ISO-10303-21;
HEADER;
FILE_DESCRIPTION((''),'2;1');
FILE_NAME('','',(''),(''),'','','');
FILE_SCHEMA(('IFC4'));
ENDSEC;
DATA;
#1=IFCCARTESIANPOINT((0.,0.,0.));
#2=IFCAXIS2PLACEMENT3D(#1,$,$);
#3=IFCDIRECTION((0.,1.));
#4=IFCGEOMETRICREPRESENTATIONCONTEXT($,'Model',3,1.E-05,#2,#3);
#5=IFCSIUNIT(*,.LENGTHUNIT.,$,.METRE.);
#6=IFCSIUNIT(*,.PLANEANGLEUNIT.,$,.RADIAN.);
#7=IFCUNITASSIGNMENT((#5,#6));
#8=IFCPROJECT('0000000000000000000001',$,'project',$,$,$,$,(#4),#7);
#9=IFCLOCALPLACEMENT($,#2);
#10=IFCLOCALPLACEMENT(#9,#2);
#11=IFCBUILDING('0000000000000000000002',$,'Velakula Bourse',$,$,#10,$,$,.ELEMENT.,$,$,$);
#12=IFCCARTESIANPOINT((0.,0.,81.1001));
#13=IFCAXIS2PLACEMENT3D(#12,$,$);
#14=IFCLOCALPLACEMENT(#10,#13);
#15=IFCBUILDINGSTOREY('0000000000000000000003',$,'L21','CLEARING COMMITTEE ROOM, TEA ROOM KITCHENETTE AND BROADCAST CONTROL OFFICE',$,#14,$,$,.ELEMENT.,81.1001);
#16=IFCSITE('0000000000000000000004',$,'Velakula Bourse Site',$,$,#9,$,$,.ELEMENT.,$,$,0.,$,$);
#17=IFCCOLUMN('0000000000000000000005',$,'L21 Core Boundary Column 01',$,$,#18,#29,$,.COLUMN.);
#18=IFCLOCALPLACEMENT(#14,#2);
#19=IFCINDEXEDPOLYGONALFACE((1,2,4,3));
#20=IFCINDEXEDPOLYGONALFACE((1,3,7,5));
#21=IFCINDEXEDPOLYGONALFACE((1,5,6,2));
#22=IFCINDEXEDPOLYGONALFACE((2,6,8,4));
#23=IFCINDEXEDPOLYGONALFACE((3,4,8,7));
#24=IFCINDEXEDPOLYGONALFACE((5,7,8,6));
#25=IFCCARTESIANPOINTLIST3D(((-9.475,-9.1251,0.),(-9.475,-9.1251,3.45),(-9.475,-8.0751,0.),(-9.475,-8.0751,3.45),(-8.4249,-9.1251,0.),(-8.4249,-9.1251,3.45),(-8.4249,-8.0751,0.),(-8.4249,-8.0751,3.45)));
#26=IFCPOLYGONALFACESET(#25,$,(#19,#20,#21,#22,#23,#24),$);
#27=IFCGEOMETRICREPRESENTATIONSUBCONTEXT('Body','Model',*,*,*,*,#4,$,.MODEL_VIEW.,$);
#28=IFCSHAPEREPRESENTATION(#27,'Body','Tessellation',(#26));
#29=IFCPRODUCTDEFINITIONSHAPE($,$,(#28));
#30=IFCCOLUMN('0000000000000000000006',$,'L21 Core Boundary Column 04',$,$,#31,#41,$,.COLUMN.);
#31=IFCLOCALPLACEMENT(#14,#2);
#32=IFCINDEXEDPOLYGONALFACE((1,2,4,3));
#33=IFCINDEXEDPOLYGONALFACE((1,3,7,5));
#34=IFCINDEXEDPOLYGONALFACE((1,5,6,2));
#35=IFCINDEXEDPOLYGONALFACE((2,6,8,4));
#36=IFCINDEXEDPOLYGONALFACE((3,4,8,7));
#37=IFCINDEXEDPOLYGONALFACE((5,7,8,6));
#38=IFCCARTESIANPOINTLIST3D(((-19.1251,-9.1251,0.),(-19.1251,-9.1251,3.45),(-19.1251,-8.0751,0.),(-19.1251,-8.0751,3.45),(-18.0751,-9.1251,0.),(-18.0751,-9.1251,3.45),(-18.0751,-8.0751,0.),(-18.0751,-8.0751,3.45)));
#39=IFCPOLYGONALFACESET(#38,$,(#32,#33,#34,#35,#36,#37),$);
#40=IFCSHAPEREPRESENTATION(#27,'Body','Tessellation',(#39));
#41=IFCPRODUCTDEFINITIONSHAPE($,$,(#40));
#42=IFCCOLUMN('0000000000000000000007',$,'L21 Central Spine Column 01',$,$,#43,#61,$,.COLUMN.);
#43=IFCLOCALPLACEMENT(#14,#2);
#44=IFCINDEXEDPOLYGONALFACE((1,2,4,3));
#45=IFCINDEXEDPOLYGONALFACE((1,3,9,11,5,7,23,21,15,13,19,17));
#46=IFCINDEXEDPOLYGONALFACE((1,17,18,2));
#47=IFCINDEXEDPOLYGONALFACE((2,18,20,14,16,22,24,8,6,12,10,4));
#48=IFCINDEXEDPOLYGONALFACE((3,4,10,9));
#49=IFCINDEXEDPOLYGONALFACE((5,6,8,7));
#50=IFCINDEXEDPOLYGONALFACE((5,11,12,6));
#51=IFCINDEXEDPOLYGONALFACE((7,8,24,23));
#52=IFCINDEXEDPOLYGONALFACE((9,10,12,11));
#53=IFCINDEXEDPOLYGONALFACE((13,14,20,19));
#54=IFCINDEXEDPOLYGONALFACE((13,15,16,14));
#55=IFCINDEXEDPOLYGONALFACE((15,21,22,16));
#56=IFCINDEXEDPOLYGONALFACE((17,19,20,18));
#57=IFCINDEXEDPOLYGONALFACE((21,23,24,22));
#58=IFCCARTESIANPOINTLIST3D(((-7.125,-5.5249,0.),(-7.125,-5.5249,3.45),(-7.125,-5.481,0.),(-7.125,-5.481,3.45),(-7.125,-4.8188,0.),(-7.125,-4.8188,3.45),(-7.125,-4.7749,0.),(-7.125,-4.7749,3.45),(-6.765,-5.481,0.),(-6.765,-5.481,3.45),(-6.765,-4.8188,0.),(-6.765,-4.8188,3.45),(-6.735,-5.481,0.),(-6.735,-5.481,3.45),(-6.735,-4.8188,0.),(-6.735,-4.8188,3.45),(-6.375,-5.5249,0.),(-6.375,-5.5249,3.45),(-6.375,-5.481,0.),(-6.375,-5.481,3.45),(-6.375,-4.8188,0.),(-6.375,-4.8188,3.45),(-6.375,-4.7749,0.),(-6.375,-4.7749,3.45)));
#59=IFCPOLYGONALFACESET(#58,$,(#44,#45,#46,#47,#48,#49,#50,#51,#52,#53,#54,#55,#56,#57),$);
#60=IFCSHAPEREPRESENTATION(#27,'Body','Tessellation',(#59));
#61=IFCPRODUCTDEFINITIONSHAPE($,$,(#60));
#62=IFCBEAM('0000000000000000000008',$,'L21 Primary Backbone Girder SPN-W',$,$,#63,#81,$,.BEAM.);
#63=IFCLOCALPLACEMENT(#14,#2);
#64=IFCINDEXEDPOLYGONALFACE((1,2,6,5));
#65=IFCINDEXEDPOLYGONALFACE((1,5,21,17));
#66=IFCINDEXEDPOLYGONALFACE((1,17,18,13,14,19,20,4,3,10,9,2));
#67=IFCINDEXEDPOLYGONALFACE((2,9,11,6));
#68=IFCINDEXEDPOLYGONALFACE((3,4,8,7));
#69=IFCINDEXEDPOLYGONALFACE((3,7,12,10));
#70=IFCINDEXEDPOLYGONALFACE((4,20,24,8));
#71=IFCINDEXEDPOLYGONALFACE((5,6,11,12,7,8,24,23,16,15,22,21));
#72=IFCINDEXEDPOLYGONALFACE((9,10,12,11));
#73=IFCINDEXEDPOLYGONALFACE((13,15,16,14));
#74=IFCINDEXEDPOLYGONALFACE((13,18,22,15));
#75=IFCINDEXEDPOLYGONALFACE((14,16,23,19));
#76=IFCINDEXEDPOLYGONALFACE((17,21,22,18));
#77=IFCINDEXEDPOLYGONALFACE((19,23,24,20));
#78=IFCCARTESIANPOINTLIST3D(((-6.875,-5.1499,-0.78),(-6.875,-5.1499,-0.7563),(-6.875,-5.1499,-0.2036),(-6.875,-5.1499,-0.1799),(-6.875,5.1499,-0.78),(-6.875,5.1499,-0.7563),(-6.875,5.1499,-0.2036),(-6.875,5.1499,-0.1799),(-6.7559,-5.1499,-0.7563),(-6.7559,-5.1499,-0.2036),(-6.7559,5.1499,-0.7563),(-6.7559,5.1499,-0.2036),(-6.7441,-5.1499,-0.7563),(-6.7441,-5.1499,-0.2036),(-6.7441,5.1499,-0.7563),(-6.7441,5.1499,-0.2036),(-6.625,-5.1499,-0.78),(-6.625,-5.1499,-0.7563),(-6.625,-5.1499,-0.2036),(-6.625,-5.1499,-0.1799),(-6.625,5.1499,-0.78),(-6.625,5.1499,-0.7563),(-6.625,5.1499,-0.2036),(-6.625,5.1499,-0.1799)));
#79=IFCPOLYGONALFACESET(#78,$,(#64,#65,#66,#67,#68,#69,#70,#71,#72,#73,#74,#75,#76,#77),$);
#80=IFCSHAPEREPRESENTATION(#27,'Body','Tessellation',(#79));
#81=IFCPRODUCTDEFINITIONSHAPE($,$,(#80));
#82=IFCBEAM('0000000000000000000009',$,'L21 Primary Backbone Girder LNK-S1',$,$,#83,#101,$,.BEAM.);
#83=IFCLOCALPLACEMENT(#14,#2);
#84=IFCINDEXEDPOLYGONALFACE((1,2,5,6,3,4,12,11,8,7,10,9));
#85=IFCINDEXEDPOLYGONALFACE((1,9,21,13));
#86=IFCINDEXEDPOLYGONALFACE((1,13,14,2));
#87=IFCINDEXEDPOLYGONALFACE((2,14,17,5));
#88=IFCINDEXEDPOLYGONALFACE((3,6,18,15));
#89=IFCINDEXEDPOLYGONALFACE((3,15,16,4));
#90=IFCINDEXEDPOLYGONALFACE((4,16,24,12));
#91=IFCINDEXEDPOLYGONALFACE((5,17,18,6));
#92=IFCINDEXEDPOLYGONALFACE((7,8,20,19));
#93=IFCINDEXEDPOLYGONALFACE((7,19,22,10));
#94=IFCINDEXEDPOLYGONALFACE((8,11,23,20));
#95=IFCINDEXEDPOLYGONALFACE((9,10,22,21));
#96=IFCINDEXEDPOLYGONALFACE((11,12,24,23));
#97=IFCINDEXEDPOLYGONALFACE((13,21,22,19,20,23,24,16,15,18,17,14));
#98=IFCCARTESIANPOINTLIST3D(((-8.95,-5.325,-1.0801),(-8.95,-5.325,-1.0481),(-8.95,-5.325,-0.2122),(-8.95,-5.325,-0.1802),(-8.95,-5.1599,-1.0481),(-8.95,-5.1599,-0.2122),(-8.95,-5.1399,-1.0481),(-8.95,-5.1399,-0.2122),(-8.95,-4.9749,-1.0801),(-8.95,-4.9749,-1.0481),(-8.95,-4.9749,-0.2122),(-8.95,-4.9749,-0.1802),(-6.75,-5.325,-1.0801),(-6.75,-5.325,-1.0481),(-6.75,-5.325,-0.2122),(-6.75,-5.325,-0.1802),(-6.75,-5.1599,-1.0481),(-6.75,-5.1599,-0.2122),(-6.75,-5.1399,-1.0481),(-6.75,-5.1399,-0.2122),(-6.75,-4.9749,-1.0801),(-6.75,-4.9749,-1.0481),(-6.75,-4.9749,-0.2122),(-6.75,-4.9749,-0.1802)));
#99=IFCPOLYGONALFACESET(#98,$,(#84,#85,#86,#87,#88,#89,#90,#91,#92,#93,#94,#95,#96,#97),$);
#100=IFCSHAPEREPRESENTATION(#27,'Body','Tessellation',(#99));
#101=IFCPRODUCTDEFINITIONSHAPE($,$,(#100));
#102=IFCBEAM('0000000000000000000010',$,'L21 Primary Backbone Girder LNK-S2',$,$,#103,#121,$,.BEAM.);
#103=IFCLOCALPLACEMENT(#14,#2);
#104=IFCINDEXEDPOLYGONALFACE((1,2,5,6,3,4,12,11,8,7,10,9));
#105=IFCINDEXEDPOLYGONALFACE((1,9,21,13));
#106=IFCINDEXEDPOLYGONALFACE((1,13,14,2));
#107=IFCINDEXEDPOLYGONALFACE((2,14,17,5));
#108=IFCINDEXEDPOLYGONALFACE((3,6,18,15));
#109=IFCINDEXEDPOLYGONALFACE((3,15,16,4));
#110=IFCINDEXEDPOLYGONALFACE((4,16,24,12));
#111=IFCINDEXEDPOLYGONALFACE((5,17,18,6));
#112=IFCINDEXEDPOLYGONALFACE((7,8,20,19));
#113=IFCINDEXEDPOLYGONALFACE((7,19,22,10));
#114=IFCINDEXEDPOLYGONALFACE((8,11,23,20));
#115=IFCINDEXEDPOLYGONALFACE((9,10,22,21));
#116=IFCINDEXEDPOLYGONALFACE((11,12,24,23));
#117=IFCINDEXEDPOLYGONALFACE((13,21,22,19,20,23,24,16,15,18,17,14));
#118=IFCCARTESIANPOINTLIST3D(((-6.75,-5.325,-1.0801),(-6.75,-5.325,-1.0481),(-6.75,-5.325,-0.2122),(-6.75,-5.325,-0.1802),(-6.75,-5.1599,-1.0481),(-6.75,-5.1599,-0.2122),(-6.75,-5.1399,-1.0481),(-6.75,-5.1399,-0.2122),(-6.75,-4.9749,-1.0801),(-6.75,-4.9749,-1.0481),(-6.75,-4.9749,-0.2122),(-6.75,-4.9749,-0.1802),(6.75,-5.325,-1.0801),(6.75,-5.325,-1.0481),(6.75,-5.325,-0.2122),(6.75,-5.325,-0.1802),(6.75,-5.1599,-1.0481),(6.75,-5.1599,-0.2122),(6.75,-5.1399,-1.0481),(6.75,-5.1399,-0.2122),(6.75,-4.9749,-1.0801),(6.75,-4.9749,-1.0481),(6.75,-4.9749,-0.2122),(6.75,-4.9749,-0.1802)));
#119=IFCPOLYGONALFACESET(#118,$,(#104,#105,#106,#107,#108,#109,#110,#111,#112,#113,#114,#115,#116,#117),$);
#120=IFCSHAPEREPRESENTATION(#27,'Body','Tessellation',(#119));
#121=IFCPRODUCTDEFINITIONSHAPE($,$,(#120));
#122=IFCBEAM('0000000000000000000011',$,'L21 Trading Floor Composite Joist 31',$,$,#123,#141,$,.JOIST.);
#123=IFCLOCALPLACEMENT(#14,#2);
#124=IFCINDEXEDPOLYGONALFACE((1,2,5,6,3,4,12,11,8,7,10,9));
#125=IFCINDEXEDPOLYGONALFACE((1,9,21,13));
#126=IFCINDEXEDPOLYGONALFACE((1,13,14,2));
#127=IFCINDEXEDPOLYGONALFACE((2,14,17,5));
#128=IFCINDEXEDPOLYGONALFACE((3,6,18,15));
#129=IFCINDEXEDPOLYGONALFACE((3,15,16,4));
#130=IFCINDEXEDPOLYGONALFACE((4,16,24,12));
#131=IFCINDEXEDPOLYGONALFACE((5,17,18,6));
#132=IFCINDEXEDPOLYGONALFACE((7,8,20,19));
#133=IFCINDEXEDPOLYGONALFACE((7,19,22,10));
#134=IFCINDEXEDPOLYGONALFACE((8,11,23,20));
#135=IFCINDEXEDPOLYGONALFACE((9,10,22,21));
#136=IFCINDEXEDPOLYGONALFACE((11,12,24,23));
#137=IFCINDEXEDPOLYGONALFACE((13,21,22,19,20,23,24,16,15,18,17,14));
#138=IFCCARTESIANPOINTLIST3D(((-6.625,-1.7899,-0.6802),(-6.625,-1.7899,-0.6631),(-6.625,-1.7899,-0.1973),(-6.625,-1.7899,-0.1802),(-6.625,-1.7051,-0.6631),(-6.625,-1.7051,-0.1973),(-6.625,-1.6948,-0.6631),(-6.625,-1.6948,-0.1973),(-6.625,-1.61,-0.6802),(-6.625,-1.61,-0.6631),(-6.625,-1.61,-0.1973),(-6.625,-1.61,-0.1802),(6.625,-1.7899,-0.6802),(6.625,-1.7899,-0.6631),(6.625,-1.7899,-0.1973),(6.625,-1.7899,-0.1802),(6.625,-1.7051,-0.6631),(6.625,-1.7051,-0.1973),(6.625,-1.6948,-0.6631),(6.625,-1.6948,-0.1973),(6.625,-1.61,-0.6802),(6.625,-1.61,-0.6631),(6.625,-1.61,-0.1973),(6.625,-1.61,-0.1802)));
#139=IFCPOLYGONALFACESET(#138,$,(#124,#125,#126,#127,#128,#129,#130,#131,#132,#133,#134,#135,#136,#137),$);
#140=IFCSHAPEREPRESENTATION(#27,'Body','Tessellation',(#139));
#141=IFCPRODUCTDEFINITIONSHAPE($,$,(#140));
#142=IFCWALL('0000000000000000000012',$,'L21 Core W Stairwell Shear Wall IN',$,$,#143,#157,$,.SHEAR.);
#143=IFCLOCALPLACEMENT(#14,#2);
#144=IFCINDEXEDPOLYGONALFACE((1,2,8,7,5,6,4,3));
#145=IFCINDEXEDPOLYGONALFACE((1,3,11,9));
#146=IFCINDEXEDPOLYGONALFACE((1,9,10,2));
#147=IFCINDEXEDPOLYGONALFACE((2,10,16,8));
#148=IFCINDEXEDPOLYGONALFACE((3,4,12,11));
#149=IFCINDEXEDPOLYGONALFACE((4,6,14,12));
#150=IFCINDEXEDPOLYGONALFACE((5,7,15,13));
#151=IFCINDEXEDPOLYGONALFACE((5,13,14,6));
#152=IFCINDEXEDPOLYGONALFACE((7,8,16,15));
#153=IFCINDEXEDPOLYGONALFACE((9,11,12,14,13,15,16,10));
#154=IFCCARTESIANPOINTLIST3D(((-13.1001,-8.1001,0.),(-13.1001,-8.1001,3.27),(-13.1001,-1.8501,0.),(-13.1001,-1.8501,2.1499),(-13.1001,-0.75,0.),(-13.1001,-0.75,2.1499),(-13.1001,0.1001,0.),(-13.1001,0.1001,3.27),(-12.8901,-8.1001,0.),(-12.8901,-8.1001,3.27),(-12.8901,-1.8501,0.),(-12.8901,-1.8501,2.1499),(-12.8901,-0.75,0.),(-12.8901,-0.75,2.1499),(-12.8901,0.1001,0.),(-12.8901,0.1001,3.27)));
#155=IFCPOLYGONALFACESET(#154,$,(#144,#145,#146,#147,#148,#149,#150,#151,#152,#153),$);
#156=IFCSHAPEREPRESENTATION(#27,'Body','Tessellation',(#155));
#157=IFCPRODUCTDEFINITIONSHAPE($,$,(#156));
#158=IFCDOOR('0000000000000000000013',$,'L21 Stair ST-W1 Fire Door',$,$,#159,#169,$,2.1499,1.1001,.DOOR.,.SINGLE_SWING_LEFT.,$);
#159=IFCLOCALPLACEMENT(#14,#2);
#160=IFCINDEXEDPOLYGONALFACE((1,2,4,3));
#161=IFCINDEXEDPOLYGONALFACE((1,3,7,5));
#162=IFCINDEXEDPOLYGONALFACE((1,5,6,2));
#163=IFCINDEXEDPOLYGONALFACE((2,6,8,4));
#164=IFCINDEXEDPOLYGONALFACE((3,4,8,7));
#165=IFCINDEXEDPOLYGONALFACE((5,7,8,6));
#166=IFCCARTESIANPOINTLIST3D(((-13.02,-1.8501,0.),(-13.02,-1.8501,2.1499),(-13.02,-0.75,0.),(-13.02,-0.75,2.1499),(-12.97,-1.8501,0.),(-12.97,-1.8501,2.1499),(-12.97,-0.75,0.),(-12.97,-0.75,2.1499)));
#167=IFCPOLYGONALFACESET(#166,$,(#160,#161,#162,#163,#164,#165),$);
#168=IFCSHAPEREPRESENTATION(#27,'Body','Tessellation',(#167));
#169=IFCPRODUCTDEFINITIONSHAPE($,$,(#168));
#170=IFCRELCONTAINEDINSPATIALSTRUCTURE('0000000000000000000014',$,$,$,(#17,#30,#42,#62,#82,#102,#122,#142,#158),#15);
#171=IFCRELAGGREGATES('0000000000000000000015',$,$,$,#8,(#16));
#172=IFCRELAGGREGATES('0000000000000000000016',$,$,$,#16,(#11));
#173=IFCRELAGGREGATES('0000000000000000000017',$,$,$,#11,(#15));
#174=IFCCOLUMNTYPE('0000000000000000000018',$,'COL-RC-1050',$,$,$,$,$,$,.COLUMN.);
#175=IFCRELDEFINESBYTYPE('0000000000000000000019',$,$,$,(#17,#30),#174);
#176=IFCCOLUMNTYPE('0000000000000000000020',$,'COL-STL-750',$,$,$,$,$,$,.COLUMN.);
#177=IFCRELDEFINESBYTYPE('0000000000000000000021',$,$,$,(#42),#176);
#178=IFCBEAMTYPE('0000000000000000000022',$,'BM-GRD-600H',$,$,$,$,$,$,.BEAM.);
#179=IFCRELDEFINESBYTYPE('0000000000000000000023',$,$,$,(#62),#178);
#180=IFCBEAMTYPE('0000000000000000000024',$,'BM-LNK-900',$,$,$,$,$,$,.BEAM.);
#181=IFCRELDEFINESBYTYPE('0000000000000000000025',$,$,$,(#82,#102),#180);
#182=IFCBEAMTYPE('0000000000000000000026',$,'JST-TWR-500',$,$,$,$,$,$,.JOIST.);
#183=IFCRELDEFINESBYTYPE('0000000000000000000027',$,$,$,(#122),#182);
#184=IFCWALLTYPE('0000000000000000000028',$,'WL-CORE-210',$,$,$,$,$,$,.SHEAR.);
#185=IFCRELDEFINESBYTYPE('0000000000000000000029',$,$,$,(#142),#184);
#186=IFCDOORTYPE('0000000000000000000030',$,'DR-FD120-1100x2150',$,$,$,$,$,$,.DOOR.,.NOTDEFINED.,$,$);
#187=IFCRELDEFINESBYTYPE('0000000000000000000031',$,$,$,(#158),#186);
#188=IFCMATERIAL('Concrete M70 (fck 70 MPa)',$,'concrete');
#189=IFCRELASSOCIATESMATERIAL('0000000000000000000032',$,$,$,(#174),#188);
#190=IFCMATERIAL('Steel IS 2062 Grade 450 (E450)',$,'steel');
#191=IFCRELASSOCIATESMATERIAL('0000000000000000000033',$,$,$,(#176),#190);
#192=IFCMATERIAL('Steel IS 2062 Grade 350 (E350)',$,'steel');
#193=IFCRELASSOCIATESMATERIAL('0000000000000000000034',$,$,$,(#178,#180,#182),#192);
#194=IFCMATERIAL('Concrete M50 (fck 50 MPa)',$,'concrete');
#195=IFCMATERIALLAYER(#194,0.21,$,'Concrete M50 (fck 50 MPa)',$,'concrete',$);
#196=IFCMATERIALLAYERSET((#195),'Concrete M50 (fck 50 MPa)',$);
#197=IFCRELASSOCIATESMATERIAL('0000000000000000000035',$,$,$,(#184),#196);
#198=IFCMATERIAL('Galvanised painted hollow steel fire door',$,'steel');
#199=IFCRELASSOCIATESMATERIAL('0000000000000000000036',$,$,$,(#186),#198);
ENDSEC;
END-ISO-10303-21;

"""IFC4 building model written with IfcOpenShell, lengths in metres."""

from ifc_helpers import new_model, si_unit, direction, frame, frame_2d, origin, origin_2d, place, context, subcontext, project, spatial, rectangle, i_section, extrude, material, layer, layer_set, material_profile, profile_set, type_object, element, fill, save


model = new_model("IFC4")

# Units and contexts
model_context = context("Model", 3, precision=1e-05, world=origin(), true_north=direction((0.0, 1.0)))
body_context = subcontext(model_context, "Body", "Model", "MODEL_VIEW")
ifc_project = project(units=[si_unit("LENGTHUNIT", "METRE"), si_unit("PLANEANGLEUNIT", "RADIAN")], contexts=[model_context])

# Site, building, storey
site_placement = place(None, origin())
site = spatial("IfcSite", under=ifc_project, at=site_placement, Name="Velakula Bourse Site", CompositionType="ELEMENT", RefElevation=0.0)
building_placement = place(site_placement, origin())
building = spatial("IfcBuilding", under=site, at=building_placement, Name="Velakula Bourse", CompositionType="ELEMENT")
storey_placement = place(building_placement, frame((0.0, 0.0, 81.1001)))
storey = spatial("IfcBuildingStorey", under=building, at=storey_placement, Name="L21", Description="CLEARING COMMITTEE ROOM, TEA ROOM KITCHENETTE AND BROADCAST CONTROL OFFICE", CompositionType="ELEMENT", Elevation=81.1001)

# Columns
ifc_material_1 = material(Name="Concrete M70 (fck 70 MPa)", Category="concrete")
ifc_material_profile_1 = material_profile(ifc_material_1, rectangle(XDim=1.05, YDim=1.05, at=origin_2d()), Name="Concrete M70 (fck 70 MPa)")
ifc_profile_set_1 = profile_set([ifc_material_profile_1], Name="Concrete M70 (fck 70 MPa)")
column_type_1 = type_object("IfcColumnType", Name="COL-RC-1050", PredefinedType="COLUMN", material=ifc_profile_set_1)
for number, where, z_axis, x_axis, name in (
    (1, (-8.95, -8.6001, 0.0), (0.0, 0.0, 1.0), (1.0, 0.0, 0.0), "L21 Core Boundary Column 01"),
    (2, (-18.6001, -8.6001, 0.0), (0.0, 0.0, 1.0), (1.0, 0.0, 0.0), "L21 Core Boundary Column 04"),
):
    element("IfcColumn", number, at=place(storey_placement, frame(where, z_axis=z_axis, x_axis=x_axis)), inside=storey, type_object=column_type_1, Name=name, PredefinedType="COLUMN", context=body_context, shape_type="SweptSolid", body=[
        extrude(rectangle(XDim=1.05, YDim=1.05, at=origin_2d()), origin(), (0.0, 0.0, 1.0), 3.45),
    ])
ifc_material_2 = material(Name="Steel IS 2062 Grade 450 (E450)", Category="steel")
ifc_material_profile_2 = material_profile(ifc_material_2, i_section(OverallWidth=0.75, OverallDepth=0.75, WebThickness=0.03, FlangeThickness=0.0439, at=origin_2d()), Name="Steel IS 2062 Grade 450 (E450)")
ifc_profile_set_2 = profile_set([ifc_material_profile_2], Name="Steel IS 2062 Grade 450 (E450)")
column_type_2 = type_object("IfcColumnType", Name="COL-STL-750", PredefinedType="COLUMN", material=ifc_profile_set_2)
column_placement = place(storey_placement, frame((-6.75, -5.1499, 0.0), z_axis=(0.0, 0.0, 1.0), x_axis=(1.0, 0.0, 0.0)))
element("IfcColumn", 3, at=column_placement, inside=storey, type_object=column_type_2, Name="L21 Central Spine Column 01", PredefinedType="COLUMN", context=body_context, shape_type="SweptSolid", body=[
    extrude(i_section(OverallWidth=0.75, OverallDepth=0.75, WebThickness=0.03, FlangeThickness=0.0439, at=origin_2d()), origin(), (0.0, 0.0, 1.0), 3.45),
])

# Beams
ifc_material_3 = material(Name="Steel IS 2062 Grade 350 (E350)", Category="steel")
ifc_material_profile_3 = material_profile(ifc_material_3, i_section(OverallWidth=0.25, OverallDepth=0.6001, WebThickness=0.0117, FlangeThickness=0.0237, at=origin_2d()), Name="Steel IS 2062 Grade 350 (E350)")
ifc_profile_set_3 = profile_set([ifc_material_profile_3], Name="Steel IS 2062 Grade 350 (E350)")
beam_type_1 = type_object("IfcBeamType", Name="BM-GRD-600H", PredefinedType="BEAM", material=ifc_profile_set_3)
beam_1_placement = place(storey_placement, frame((-6.75, -5.1499, -0.48), z_axis=(0.0, 1.0, 0.0), x_axis=(-1.0, 0.0, 0.0)))
element("IfcBeam", 4, at=beam_1_placement, inside=storey, type_object=beam_type_1, Name="L21 Primary Backbone Girder SPN-W", PredefinedType="BEAM", context=body_context, shape_type="SweptSolid", body=[
    extrude(i_section(OverallWidth=0.25, OverallDepth=0.6001, WebThickness=0.0117, FlangeThickness=0.0237, at=origin_2d()), origin(), (0.0, 0.0, 1.0), 10.2998),
])
ifc_material_profile_4 = material_profile(ifc_material_3, i_section(OverallWidth=0.3501, OverallDepth=0.8999, WebThickness=0.02, FlangeThickness=0.032, at=origin_2d()), Name="Steel IS 2062 Grade 350 (E350)")
ifc_profile_set_4 = profile_set([ifc_material_profile_4], Name="Steel IS 2062 Grade 350 (E350)")
beam_type_2 = type_object("IfcBeamType", Name="BM-LNK-900", PredefinedType="BEAM", material=ifc_profile_set_4)
beam_2_placement = place(storey_placement, frame((-8.95, -5.1499, -0.6301), z_axis=(1.0, 0.0, 0.0), x_axis=(0.0, 1.0, 0.0)))
element("IfcBeam", 5, at=beam_2_placement, inside=storey, type_object=beam_type_2, Name="L21 Primary Backbone Girder LNK-S1", PredefinedType="BEAM", context=body_context, shape_type="SweptSolid", body=[
    extrude(i_section(OverallWidth=0.3501, OverallDepth=0.8999, WebThickness=0.02, FlangeThickness=0.032, at=origin_2d()), origin(), (0.0, 0.0, 1.0), 2.2),
])
beam_3_placement = place(storey_placement, frame((-6.75, -5.1499, -0.6301), z_axis=(1.0, 0.0, 0.0), x_axis=(0.0, 1.0, 0.0)))
element("IfcBeam", 6, at=beam_3_placement, inside=storey, type_object=beam_type_2, Name="L21 Primary Backbone Girder LNK-S2", PredefinedType="BEAM", context=body_context, shape_type="SweptSolid", body=[
    extrude(i_section(OverallWidth=0.3501, OverallDepth=0.8999, WebThickness=0.02, FlangeThickness=0.032, at=origin_2d()), origin(), (0.0, 0.0, 1.0), 13.5),
])
ifc_material_profile_5 = material_profile(ifc_material_3, i_section(OverallWidth=0.1799, OverallDepth=0.5, WebThickness=0.0103, FlangeThickness=0.0171, at=origin_2d()), Name="Steel IS 2062 Grade 350 (E350)")
ifc_profile_set_5 = profile_set([ifc_material_profile_5], Name="Steel IS 2062 Grade 350 (E350)")
beam_type_3 = type_object("IfcBeamType", Name="JST-TWR-500", PredefinedType="JOIST", material=ifc_profile_set_5)
beam_4_placement = place(storey_placement, frame((-6.625, -1.7, -0.4302), z_axis=(1.0, 0.0, 0.0), x_axis=(0.0, 1.0, 0.0)))
element("IfcBeam", 7, at=beam_4_placement, inside=storey, type_object=beam_type_3, Name="L21 Trading Floor Composite Joist 31", PredefinedType="JOIST", context=body_context, shape_type="SweptSolid", body=[
    extrude(i_section(OverallWidth=0.1799, OverallDepth=0.5, WebThickness=0.0103, FlangeThickness=0.0171, at=origin_2d()), origin(), (0.0, 0.0, 1.0), 13.25),
])

# Wall, opening, door
ifc_material_4 = material(Name="Concrete M50 (fck 50 MPa)", Category="concrete")
ifc_layer_1 = layer(ifc_material_4, 0.21, Name="Concrete M50 (fck 50 MPa)", Category="concrete")
ifc_layer_set_1 = layer_set([ifc_layer_1], Name="Concrete M50 (fck 50 MPa)")
wall_type_1 = type_object("IfcWallType", Name="WL-CORE-210", PredefinedType="SHEAR", material=ifc_layer_set_1)
wall_1_placement = place(storey_placement, frame((-12.9951, -8.1001, 0.0), z_axis=(0.0, 0.0, 1.0), x_axis=(0.0, 1.0, 0.0)))
wall_1 = element("IfcWall", 8, at=wall_1_placement, inside=storey, type_object=wall_type_1, Name="L21 Core W Stairwell Shear Wall IN", PredefinedType="SHEAR", context=body_context, shape_type="SweptSolid", body=[
    extrude(rectangle(XDim=8.2002, YDim=0.21, at=frame_2d((4.1001, 0.0))), origin(), (0.0, 0.0, 1.0), 3.27),
])
opening_1_placement = place(wall_1_placement, frame((6.25, 0.0, 0.0)))
opening_1 = element("IfcOpeningElement", 9, at=opening_1_placement, cuts=wall_1, PredefinedType="OPENING", context=body_context, shape_type="SweptSolid", body=[
    extrude(rectangle(XDim=1.1001, YDim=2.1499, at=frame_2d((0.55, 1.075))), frame((0.0, 0.115, 0.0), z_axis=(0.0, -1.0, 0.0), x_axis=(1.0, 0.0, 0.0)), (0.0, 0.0, 1.0), 0.23),
])
ifc_material_5 = material(Name="Galvanised painted hollow steel fire door", Category="steel")
door_type_1 = type_object("IfcDoorType", Name="DR-FD120-1100x2150", OperationType="NOTDEFINED", PredefinedType="DOOR", material=ifc_material_5)
door_1_placement = place(opening_1_placement, origin())
door_1 = element("IfcDoor", 10, at=door_1_placement, inside=storey, type_object=door_type_1, Name="L21 Stair ST-W1 Fire Door", OperationType="SINGLE_SWING_LEFT", OverallHeight=2.1499, OverallWidth=1.1001, PredefinedType="DOOR", context=body_context, shape_type="SweptSolid", body=[
    extrude(rectangle(XDim=1.1001, YDim=2.1499, at=frame_2d((0.55, 1.075))), frame((0.0, 0.0249, 0.0), z_axis=(0.0, -1.0, 0.0), x_axis=(1.0, 0.0, 0.0)), (0.0, 0.0, 1.0), 0.05),
])
fill(opening_1, door_1)

save(model, "model.ifc")
